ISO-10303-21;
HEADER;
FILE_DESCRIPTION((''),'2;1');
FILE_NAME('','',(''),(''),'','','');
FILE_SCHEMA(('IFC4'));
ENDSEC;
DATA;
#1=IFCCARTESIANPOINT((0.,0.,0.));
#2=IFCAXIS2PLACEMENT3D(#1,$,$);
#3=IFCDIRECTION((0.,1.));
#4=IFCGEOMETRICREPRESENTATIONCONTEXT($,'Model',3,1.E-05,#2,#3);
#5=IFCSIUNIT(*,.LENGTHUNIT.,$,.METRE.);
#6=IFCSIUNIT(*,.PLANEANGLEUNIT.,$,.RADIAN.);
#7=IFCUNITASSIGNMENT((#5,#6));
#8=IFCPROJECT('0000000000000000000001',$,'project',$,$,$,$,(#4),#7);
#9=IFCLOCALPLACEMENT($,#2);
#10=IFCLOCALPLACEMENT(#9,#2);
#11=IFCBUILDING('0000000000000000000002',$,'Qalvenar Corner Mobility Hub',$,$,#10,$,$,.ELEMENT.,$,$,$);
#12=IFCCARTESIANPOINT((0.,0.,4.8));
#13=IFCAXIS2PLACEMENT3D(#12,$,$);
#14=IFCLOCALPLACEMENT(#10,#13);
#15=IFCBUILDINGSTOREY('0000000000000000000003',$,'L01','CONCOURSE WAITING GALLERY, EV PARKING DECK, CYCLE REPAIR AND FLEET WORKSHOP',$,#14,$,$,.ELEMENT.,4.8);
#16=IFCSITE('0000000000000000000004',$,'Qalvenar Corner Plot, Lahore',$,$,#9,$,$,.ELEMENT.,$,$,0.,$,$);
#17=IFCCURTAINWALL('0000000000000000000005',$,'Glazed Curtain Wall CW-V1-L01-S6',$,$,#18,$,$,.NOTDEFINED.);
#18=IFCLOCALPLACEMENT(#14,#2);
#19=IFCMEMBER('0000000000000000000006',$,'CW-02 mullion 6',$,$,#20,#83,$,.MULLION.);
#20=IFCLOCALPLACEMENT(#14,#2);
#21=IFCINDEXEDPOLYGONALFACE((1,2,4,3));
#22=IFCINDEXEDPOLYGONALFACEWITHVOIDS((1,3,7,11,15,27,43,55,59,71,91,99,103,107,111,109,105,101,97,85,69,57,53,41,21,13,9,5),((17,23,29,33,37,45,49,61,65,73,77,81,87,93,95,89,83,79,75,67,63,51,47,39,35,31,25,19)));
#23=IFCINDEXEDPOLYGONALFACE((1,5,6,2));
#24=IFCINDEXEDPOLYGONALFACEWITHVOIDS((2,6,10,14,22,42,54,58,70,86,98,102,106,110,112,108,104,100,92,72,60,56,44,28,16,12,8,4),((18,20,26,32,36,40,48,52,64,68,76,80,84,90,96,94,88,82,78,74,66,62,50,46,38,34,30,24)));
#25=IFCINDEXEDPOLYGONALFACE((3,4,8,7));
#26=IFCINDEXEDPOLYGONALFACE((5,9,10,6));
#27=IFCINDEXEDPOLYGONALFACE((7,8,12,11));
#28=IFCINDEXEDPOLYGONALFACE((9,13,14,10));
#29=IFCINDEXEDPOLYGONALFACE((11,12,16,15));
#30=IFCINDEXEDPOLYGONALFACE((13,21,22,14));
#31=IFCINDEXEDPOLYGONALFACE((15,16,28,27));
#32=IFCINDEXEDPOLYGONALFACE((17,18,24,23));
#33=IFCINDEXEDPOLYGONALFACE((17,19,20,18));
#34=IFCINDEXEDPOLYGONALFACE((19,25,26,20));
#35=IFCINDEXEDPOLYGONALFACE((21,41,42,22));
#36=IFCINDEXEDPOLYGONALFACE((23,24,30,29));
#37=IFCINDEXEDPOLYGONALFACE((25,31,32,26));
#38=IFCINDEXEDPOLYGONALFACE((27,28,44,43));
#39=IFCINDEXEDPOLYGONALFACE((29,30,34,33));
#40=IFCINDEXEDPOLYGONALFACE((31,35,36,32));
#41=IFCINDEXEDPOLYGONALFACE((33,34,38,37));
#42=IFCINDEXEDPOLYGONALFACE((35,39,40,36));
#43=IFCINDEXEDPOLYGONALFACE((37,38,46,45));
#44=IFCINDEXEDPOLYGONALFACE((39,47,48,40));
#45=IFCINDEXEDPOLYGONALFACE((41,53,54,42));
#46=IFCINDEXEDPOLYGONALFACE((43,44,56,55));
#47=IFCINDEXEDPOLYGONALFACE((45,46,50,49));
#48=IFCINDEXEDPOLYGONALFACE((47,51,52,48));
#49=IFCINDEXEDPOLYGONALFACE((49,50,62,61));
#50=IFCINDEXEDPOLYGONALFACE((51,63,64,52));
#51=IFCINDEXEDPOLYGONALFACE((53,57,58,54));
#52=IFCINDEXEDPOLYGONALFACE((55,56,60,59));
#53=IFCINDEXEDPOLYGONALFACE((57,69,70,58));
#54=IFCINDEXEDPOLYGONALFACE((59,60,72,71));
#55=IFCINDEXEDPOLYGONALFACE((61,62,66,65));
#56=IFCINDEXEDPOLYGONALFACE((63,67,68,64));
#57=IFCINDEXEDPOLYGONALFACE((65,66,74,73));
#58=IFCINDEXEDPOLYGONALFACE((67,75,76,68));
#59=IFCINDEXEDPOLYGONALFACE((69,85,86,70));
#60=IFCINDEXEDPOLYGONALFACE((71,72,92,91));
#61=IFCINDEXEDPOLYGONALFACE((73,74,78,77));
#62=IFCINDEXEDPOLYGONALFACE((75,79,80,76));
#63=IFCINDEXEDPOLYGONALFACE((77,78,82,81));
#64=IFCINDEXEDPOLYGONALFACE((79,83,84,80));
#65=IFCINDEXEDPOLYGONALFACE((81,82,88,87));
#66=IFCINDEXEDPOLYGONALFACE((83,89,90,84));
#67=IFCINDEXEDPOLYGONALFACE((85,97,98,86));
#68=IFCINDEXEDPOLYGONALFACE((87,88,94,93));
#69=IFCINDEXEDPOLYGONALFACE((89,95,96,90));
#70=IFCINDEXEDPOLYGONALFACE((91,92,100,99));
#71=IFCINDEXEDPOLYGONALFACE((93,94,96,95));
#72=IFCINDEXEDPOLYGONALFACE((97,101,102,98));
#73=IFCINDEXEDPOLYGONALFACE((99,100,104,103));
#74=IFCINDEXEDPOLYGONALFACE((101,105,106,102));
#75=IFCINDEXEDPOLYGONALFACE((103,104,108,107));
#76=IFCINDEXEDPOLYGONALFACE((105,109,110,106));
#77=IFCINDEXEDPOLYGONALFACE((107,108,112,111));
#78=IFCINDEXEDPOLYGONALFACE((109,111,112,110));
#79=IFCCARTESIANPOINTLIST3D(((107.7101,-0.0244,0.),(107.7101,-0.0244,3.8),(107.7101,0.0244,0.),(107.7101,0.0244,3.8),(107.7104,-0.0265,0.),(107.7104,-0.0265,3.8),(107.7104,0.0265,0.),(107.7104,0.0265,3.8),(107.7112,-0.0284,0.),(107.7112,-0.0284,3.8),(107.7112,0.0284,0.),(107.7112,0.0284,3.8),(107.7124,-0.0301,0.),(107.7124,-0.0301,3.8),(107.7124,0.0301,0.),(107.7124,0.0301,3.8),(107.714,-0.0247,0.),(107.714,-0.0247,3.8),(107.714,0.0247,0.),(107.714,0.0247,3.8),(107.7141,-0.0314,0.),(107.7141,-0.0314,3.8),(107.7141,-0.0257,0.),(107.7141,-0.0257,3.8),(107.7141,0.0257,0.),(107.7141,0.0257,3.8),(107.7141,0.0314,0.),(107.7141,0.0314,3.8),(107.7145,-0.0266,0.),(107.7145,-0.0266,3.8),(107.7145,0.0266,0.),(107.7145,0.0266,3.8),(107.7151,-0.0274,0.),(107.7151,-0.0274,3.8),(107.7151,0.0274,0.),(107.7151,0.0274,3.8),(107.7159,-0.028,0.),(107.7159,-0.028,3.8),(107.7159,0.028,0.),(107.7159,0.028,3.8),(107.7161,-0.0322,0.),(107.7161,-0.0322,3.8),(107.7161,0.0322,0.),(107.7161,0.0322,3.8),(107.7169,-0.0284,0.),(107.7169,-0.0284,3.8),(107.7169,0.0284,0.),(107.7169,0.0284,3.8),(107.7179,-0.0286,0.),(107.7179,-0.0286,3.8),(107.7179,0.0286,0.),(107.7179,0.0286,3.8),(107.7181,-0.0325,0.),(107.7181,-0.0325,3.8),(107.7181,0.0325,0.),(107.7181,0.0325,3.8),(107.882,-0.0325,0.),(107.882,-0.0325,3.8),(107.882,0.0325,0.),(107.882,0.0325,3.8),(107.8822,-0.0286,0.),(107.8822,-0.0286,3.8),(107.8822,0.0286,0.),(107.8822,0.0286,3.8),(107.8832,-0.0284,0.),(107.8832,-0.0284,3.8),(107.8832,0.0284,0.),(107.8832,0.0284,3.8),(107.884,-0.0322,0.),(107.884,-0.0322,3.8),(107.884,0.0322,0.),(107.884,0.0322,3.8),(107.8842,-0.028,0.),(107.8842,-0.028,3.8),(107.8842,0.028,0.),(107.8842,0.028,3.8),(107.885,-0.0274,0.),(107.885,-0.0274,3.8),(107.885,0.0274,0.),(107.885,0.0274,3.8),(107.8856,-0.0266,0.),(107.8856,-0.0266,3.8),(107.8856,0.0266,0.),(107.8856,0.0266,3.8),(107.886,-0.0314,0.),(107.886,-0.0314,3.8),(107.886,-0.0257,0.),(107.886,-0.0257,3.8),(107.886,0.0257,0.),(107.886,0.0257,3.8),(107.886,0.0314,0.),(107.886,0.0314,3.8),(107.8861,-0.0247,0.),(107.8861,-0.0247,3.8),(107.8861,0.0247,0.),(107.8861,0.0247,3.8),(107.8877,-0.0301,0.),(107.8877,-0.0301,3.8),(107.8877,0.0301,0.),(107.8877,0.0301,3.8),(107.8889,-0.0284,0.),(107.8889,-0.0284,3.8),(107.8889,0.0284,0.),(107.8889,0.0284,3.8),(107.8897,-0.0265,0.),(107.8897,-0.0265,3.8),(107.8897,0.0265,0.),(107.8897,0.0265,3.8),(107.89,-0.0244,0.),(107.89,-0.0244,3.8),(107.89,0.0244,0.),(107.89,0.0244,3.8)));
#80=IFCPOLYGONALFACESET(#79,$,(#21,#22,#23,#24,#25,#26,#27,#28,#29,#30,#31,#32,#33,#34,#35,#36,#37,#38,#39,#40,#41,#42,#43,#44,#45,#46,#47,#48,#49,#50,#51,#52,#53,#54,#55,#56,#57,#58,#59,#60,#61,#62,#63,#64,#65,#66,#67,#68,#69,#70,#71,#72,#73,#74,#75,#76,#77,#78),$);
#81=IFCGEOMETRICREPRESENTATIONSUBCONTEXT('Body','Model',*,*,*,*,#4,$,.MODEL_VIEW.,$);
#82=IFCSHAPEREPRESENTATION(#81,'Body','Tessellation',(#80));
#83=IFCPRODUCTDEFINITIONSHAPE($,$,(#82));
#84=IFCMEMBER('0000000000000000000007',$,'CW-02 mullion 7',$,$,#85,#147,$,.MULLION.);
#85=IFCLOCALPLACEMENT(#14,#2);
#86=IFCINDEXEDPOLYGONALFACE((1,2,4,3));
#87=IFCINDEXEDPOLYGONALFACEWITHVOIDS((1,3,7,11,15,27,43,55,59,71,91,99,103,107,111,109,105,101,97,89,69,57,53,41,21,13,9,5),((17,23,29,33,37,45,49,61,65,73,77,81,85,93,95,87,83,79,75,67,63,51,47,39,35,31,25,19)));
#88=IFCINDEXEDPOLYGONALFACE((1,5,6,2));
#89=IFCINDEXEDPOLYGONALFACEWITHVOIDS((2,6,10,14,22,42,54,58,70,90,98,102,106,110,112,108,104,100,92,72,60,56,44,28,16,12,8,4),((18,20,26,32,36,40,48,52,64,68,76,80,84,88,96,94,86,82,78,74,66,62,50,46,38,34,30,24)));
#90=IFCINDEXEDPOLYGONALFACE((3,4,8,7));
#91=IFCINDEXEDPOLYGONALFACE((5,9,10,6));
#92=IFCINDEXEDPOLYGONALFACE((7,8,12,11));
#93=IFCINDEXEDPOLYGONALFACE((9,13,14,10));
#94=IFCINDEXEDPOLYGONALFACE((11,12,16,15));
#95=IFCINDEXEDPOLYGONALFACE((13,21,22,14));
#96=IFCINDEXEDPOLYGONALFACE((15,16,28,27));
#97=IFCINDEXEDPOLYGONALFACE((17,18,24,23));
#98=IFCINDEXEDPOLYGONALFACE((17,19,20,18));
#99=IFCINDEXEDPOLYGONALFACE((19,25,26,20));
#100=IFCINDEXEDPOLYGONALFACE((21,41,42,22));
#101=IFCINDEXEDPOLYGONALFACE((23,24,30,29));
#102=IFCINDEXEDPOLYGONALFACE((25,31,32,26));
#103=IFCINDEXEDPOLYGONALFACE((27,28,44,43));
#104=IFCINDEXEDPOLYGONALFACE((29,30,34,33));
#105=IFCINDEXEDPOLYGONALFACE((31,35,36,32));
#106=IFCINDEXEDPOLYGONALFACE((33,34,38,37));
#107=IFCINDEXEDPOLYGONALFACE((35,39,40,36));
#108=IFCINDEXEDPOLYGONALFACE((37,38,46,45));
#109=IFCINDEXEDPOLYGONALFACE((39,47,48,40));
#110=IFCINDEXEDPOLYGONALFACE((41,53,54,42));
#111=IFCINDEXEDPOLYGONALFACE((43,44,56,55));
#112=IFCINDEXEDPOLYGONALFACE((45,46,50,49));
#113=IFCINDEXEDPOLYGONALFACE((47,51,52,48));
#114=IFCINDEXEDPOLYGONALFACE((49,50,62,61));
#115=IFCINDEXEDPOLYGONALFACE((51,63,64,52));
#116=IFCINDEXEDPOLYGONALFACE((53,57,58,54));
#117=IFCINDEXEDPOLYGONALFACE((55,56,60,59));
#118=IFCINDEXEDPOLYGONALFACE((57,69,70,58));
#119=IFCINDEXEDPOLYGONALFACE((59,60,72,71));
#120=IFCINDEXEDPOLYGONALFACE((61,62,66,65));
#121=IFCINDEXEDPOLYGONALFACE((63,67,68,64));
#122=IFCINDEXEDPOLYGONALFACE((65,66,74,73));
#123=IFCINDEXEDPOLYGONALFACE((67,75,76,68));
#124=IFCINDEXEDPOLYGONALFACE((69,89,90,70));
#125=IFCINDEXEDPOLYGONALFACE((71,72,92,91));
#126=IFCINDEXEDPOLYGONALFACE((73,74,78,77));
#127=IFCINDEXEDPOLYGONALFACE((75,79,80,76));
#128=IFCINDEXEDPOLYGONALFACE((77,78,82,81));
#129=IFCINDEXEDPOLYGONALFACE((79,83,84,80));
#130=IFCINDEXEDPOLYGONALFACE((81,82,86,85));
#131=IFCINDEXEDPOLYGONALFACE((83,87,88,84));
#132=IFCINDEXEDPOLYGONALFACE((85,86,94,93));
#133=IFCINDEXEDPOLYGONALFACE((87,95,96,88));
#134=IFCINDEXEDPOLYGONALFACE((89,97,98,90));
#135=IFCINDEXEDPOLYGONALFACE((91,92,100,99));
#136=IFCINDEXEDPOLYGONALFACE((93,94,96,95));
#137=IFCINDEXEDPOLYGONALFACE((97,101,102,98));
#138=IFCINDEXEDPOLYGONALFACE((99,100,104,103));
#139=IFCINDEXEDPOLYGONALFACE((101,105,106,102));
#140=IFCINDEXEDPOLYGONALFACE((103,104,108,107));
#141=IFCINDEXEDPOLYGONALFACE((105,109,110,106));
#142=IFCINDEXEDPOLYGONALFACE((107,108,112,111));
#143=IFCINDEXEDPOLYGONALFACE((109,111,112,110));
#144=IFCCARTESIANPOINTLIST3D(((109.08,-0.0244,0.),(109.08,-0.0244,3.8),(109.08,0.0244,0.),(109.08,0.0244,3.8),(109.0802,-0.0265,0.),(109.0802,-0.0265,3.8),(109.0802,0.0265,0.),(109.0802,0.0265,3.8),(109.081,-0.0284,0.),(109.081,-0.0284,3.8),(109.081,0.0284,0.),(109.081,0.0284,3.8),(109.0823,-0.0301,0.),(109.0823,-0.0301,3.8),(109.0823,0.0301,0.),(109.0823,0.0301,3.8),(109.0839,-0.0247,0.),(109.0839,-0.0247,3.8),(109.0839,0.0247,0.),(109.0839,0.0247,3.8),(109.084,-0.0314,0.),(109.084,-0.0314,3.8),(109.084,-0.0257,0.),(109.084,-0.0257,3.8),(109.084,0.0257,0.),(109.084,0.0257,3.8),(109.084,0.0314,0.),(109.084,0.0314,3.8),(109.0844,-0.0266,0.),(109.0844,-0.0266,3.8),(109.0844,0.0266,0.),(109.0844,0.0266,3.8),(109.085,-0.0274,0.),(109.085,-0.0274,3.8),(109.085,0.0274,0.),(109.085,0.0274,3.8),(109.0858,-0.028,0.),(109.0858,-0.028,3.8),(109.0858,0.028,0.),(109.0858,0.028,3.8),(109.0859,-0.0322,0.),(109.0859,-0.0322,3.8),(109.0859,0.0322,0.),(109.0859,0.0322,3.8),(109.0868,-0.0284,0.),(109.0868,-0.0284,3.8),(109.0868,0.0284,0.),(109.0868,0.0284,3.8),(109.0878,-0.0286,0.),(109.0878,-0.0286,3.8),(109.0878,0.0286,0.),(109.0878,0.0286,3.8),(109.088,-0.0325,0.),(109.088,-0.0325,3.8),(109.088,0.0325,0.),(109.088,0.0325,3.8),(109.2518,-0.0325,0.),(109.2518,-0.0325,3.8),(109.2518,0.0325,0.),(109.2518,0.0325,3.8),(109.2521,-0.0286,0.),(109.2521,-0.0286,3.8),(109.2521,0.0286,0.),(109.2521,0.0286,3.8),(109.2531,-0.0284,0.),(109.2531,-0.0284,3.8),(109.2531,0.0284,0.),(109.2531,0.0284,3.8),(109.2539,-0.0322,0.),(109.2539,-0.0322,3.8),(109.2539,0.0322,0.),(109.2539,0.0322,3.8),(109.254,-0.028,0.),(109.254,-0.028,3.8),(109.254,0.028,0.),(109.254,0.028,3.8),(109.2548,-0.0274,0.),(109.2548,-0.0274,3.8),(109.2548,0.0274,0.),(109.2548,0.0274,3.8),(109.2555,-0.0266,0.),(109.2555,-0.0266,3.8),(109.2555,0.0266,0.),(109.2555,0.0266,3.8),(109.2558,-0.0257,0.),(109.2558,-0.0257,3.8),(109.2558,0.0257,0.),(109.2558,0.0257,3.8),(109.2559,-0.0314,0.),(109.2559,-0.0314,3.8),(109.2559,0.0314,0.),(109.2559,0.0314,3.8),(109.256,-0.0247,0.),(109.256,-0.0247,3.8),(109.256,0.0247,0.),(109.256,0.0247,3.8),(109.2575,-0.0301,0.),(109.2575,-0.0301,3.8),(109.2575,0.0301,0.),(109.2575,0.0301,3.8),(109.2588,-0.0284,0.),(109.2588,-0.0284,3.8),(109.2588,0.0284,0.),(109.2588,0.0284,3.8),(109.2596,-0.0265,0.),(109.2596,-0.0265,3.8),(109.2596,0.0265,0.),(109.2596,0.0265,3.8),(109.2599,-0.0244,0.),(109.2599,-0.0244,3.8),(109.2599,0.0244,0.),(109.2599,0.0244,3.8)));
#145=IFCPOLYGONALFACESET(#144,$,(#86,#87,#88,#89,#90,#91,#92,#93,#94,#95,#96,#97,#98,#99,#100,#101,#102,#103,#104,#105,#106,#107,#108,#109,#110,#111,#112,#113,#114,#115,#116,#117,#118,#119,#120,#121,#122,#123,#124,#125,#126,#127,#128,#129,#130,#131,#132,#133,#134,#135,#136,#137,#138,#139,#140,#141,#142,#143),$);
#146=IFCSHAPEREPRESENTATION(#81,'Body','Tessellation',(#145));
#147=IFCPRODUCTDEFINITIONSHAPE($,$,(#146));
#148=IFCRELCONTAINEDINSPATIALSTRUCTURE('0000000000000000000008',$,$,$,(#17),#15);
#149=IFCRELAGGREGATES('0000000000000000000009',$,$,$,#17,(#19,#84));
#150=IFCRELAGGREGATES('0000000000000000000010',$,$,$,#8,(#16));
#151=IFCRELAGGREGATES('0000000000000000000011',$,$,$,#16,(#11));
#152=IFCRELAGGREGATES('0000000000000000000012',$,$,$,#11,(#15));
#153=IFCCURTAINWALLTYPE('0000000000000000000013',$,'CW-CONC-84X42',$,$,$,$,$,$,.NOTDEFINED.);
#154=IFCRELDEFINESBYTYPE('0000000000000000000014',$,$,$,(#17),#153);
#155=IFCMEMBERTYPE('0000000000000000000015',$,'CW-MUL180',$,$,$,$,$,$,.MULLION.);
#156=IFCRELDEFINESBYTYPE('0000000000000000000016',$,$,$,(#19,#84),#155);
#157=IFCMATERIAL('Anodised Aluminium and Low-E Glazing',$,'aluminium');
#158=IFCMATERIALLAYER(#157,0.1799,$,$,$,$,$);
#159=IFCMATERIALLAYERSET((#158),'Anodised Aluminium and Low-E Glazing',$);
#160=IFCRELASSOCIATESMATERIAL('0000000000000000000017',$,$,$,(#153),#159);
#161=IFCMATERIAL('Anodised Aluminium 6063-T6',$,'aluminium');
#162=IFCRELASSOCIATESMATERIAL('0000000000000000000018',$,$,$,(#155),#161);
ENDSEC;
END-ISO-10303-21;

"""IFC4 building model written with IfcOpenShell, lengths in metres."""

from ifc_helpers import new_model, si_unit, direction, frame, origin, origin_2d, place, context, subcontext, project, spatial, hollow_rectangle, extrude, material, layer, layer_set, material_profile, profile_set, type_object, element, aggregate, save


model = new_model("IFC4")

# Units and contexts
model_context = context("Model", 3, precision=1e-05, world=origin(), true_north=direction((0.0, 1.0)))
body_context = subcontext(model_context, "Body", "Model", "MODEL_VIEW")
ifc_project = project(units=[si_unit("LENGTHUNIT", "METRE"), si_unit("PLANEANGLEUNIT", "RADIAN")], contexts=[model_context])

# Site, building, storey
site_placement = place(None, origin())
site = spatial("IfcSite", under=ifc_project, at=site_placement, Name="Qalvenar Corner Plot, Lahore", CompositionType="ELEMENT", RefElevation=0.0)
building_placement = place(site_placement, origin())
building = spatial("IfcBuilding", under=site, at=building_placement, Name="Qalvenar Corner Mobility Hub", CompositionType="ELEMENT")
storey_placement = place(building_placement, frame((0.0, 0.0, 4.8)))
storey = spatial("IfcBuildingStorey", under=building, at=storey_placement, Name="L01", Description="CONCOURSE WAITING GALLERY, EV PARKING DECK, CYCLE REPAIR AND FLEET WORKSHOP", CompositionType="ELEMENT", Elevation=4.8)

# Curtain wall, members
ifc_material_1 = material(Name="Anodised Aluminium and Low-E Glazing", Category="aluminium")
ifc_layer_1 = layer(ifc_material_1, 0.1799)
ifc_layer_set_1 = layer_set([ifc_layer_1], Name="Anodised Aluminium and Low-E Glazing")
curtain_wall_type = type_object("IfcCurtainWallType", Name="CW-CONC-84X42", PredefinedType="NOTDEFINED", material=ifc_layer_set_1)
curtain_wall_placement = place(storey_placement, origin())
curtain_wall = element("IfcCurtainWall", 1, at=curtain_wall_placement, inside=storey, type_object=curtain_wall_type, Name="Glazed Curtain Wall CW-V1-L01-S6", PredefinedType="NOTDEFINED")
ifc_material_2 = material(Name="Anodised Aluminium 6063-T6", Category="aluminium")
ifc_material_profile_1 = material_profile(ifc_material_2, hollow_rectangle(XDim=0.0649, YDim=0.1799, WallThickness=0.0039, InnerFilletRadius=0.0039, OuterFilletRadius=0.0081, at=origin_2d()), Name="RHS180x65x4")
ifc_profile_set_1 = profile_set([ifc_material_profile_1], Name="Anodised Aluminium 6063-T6")
member_type_1 = type_object("IfcMemberType", Name="CW-MUL180", PredefinedType="MULLION", material=ifc_profile_set_1)
member_1_placement = place(storey_placement, frame((107.8, 0.0, 0.0), z_axis=(0.0, 0.0, 1.0), x_axis=(0.0, 1.0, 0.0)))
member_1 = element("IfcMember", 2, at=member_1_placement, type_object=member_type_1, Name="CW-02 mullion 6", PredefinedType="MULLION", context=body_context, shape_type="SweptSolid", body=[
    extrude(hollow_rectangle(XDim=0.0649, YDim=0.1799, WallThickness=0.0039, InnerFilletRadius=0.0039, OuterFilletRadius=0.0081, at=origin_2d()), origin(), (0.0, 0.0, 1.0), 3.8),
])
member_2_placement = place(storey_placement, frame((109.1699, 0.0, 0.0), z_axis=(0.0, 0.0, 1.0), x_axis=(0.0, 1.0, 0.0)))
member_2 = element("IfcMember", 3, at=member_2_placement, type_object=member_type_1, Name="CW-02 mullion 7", PredefinedType="MULLION", context=body_context, shape_type="SweptSolid", body=[
    extrude(hollow_rectangle(XDim=0.0649, YDim=0.1799, WallThickness=0.0039, InnerFilletRadius=0.0039, OuterFilletRadius=0.0081, at=origin_2d()), origin(), (0.0, 0.0, 1.0), 3.8),
])
aggregate(curtain_wall, [member_1, member_2])

save(model, "model.ifc")
